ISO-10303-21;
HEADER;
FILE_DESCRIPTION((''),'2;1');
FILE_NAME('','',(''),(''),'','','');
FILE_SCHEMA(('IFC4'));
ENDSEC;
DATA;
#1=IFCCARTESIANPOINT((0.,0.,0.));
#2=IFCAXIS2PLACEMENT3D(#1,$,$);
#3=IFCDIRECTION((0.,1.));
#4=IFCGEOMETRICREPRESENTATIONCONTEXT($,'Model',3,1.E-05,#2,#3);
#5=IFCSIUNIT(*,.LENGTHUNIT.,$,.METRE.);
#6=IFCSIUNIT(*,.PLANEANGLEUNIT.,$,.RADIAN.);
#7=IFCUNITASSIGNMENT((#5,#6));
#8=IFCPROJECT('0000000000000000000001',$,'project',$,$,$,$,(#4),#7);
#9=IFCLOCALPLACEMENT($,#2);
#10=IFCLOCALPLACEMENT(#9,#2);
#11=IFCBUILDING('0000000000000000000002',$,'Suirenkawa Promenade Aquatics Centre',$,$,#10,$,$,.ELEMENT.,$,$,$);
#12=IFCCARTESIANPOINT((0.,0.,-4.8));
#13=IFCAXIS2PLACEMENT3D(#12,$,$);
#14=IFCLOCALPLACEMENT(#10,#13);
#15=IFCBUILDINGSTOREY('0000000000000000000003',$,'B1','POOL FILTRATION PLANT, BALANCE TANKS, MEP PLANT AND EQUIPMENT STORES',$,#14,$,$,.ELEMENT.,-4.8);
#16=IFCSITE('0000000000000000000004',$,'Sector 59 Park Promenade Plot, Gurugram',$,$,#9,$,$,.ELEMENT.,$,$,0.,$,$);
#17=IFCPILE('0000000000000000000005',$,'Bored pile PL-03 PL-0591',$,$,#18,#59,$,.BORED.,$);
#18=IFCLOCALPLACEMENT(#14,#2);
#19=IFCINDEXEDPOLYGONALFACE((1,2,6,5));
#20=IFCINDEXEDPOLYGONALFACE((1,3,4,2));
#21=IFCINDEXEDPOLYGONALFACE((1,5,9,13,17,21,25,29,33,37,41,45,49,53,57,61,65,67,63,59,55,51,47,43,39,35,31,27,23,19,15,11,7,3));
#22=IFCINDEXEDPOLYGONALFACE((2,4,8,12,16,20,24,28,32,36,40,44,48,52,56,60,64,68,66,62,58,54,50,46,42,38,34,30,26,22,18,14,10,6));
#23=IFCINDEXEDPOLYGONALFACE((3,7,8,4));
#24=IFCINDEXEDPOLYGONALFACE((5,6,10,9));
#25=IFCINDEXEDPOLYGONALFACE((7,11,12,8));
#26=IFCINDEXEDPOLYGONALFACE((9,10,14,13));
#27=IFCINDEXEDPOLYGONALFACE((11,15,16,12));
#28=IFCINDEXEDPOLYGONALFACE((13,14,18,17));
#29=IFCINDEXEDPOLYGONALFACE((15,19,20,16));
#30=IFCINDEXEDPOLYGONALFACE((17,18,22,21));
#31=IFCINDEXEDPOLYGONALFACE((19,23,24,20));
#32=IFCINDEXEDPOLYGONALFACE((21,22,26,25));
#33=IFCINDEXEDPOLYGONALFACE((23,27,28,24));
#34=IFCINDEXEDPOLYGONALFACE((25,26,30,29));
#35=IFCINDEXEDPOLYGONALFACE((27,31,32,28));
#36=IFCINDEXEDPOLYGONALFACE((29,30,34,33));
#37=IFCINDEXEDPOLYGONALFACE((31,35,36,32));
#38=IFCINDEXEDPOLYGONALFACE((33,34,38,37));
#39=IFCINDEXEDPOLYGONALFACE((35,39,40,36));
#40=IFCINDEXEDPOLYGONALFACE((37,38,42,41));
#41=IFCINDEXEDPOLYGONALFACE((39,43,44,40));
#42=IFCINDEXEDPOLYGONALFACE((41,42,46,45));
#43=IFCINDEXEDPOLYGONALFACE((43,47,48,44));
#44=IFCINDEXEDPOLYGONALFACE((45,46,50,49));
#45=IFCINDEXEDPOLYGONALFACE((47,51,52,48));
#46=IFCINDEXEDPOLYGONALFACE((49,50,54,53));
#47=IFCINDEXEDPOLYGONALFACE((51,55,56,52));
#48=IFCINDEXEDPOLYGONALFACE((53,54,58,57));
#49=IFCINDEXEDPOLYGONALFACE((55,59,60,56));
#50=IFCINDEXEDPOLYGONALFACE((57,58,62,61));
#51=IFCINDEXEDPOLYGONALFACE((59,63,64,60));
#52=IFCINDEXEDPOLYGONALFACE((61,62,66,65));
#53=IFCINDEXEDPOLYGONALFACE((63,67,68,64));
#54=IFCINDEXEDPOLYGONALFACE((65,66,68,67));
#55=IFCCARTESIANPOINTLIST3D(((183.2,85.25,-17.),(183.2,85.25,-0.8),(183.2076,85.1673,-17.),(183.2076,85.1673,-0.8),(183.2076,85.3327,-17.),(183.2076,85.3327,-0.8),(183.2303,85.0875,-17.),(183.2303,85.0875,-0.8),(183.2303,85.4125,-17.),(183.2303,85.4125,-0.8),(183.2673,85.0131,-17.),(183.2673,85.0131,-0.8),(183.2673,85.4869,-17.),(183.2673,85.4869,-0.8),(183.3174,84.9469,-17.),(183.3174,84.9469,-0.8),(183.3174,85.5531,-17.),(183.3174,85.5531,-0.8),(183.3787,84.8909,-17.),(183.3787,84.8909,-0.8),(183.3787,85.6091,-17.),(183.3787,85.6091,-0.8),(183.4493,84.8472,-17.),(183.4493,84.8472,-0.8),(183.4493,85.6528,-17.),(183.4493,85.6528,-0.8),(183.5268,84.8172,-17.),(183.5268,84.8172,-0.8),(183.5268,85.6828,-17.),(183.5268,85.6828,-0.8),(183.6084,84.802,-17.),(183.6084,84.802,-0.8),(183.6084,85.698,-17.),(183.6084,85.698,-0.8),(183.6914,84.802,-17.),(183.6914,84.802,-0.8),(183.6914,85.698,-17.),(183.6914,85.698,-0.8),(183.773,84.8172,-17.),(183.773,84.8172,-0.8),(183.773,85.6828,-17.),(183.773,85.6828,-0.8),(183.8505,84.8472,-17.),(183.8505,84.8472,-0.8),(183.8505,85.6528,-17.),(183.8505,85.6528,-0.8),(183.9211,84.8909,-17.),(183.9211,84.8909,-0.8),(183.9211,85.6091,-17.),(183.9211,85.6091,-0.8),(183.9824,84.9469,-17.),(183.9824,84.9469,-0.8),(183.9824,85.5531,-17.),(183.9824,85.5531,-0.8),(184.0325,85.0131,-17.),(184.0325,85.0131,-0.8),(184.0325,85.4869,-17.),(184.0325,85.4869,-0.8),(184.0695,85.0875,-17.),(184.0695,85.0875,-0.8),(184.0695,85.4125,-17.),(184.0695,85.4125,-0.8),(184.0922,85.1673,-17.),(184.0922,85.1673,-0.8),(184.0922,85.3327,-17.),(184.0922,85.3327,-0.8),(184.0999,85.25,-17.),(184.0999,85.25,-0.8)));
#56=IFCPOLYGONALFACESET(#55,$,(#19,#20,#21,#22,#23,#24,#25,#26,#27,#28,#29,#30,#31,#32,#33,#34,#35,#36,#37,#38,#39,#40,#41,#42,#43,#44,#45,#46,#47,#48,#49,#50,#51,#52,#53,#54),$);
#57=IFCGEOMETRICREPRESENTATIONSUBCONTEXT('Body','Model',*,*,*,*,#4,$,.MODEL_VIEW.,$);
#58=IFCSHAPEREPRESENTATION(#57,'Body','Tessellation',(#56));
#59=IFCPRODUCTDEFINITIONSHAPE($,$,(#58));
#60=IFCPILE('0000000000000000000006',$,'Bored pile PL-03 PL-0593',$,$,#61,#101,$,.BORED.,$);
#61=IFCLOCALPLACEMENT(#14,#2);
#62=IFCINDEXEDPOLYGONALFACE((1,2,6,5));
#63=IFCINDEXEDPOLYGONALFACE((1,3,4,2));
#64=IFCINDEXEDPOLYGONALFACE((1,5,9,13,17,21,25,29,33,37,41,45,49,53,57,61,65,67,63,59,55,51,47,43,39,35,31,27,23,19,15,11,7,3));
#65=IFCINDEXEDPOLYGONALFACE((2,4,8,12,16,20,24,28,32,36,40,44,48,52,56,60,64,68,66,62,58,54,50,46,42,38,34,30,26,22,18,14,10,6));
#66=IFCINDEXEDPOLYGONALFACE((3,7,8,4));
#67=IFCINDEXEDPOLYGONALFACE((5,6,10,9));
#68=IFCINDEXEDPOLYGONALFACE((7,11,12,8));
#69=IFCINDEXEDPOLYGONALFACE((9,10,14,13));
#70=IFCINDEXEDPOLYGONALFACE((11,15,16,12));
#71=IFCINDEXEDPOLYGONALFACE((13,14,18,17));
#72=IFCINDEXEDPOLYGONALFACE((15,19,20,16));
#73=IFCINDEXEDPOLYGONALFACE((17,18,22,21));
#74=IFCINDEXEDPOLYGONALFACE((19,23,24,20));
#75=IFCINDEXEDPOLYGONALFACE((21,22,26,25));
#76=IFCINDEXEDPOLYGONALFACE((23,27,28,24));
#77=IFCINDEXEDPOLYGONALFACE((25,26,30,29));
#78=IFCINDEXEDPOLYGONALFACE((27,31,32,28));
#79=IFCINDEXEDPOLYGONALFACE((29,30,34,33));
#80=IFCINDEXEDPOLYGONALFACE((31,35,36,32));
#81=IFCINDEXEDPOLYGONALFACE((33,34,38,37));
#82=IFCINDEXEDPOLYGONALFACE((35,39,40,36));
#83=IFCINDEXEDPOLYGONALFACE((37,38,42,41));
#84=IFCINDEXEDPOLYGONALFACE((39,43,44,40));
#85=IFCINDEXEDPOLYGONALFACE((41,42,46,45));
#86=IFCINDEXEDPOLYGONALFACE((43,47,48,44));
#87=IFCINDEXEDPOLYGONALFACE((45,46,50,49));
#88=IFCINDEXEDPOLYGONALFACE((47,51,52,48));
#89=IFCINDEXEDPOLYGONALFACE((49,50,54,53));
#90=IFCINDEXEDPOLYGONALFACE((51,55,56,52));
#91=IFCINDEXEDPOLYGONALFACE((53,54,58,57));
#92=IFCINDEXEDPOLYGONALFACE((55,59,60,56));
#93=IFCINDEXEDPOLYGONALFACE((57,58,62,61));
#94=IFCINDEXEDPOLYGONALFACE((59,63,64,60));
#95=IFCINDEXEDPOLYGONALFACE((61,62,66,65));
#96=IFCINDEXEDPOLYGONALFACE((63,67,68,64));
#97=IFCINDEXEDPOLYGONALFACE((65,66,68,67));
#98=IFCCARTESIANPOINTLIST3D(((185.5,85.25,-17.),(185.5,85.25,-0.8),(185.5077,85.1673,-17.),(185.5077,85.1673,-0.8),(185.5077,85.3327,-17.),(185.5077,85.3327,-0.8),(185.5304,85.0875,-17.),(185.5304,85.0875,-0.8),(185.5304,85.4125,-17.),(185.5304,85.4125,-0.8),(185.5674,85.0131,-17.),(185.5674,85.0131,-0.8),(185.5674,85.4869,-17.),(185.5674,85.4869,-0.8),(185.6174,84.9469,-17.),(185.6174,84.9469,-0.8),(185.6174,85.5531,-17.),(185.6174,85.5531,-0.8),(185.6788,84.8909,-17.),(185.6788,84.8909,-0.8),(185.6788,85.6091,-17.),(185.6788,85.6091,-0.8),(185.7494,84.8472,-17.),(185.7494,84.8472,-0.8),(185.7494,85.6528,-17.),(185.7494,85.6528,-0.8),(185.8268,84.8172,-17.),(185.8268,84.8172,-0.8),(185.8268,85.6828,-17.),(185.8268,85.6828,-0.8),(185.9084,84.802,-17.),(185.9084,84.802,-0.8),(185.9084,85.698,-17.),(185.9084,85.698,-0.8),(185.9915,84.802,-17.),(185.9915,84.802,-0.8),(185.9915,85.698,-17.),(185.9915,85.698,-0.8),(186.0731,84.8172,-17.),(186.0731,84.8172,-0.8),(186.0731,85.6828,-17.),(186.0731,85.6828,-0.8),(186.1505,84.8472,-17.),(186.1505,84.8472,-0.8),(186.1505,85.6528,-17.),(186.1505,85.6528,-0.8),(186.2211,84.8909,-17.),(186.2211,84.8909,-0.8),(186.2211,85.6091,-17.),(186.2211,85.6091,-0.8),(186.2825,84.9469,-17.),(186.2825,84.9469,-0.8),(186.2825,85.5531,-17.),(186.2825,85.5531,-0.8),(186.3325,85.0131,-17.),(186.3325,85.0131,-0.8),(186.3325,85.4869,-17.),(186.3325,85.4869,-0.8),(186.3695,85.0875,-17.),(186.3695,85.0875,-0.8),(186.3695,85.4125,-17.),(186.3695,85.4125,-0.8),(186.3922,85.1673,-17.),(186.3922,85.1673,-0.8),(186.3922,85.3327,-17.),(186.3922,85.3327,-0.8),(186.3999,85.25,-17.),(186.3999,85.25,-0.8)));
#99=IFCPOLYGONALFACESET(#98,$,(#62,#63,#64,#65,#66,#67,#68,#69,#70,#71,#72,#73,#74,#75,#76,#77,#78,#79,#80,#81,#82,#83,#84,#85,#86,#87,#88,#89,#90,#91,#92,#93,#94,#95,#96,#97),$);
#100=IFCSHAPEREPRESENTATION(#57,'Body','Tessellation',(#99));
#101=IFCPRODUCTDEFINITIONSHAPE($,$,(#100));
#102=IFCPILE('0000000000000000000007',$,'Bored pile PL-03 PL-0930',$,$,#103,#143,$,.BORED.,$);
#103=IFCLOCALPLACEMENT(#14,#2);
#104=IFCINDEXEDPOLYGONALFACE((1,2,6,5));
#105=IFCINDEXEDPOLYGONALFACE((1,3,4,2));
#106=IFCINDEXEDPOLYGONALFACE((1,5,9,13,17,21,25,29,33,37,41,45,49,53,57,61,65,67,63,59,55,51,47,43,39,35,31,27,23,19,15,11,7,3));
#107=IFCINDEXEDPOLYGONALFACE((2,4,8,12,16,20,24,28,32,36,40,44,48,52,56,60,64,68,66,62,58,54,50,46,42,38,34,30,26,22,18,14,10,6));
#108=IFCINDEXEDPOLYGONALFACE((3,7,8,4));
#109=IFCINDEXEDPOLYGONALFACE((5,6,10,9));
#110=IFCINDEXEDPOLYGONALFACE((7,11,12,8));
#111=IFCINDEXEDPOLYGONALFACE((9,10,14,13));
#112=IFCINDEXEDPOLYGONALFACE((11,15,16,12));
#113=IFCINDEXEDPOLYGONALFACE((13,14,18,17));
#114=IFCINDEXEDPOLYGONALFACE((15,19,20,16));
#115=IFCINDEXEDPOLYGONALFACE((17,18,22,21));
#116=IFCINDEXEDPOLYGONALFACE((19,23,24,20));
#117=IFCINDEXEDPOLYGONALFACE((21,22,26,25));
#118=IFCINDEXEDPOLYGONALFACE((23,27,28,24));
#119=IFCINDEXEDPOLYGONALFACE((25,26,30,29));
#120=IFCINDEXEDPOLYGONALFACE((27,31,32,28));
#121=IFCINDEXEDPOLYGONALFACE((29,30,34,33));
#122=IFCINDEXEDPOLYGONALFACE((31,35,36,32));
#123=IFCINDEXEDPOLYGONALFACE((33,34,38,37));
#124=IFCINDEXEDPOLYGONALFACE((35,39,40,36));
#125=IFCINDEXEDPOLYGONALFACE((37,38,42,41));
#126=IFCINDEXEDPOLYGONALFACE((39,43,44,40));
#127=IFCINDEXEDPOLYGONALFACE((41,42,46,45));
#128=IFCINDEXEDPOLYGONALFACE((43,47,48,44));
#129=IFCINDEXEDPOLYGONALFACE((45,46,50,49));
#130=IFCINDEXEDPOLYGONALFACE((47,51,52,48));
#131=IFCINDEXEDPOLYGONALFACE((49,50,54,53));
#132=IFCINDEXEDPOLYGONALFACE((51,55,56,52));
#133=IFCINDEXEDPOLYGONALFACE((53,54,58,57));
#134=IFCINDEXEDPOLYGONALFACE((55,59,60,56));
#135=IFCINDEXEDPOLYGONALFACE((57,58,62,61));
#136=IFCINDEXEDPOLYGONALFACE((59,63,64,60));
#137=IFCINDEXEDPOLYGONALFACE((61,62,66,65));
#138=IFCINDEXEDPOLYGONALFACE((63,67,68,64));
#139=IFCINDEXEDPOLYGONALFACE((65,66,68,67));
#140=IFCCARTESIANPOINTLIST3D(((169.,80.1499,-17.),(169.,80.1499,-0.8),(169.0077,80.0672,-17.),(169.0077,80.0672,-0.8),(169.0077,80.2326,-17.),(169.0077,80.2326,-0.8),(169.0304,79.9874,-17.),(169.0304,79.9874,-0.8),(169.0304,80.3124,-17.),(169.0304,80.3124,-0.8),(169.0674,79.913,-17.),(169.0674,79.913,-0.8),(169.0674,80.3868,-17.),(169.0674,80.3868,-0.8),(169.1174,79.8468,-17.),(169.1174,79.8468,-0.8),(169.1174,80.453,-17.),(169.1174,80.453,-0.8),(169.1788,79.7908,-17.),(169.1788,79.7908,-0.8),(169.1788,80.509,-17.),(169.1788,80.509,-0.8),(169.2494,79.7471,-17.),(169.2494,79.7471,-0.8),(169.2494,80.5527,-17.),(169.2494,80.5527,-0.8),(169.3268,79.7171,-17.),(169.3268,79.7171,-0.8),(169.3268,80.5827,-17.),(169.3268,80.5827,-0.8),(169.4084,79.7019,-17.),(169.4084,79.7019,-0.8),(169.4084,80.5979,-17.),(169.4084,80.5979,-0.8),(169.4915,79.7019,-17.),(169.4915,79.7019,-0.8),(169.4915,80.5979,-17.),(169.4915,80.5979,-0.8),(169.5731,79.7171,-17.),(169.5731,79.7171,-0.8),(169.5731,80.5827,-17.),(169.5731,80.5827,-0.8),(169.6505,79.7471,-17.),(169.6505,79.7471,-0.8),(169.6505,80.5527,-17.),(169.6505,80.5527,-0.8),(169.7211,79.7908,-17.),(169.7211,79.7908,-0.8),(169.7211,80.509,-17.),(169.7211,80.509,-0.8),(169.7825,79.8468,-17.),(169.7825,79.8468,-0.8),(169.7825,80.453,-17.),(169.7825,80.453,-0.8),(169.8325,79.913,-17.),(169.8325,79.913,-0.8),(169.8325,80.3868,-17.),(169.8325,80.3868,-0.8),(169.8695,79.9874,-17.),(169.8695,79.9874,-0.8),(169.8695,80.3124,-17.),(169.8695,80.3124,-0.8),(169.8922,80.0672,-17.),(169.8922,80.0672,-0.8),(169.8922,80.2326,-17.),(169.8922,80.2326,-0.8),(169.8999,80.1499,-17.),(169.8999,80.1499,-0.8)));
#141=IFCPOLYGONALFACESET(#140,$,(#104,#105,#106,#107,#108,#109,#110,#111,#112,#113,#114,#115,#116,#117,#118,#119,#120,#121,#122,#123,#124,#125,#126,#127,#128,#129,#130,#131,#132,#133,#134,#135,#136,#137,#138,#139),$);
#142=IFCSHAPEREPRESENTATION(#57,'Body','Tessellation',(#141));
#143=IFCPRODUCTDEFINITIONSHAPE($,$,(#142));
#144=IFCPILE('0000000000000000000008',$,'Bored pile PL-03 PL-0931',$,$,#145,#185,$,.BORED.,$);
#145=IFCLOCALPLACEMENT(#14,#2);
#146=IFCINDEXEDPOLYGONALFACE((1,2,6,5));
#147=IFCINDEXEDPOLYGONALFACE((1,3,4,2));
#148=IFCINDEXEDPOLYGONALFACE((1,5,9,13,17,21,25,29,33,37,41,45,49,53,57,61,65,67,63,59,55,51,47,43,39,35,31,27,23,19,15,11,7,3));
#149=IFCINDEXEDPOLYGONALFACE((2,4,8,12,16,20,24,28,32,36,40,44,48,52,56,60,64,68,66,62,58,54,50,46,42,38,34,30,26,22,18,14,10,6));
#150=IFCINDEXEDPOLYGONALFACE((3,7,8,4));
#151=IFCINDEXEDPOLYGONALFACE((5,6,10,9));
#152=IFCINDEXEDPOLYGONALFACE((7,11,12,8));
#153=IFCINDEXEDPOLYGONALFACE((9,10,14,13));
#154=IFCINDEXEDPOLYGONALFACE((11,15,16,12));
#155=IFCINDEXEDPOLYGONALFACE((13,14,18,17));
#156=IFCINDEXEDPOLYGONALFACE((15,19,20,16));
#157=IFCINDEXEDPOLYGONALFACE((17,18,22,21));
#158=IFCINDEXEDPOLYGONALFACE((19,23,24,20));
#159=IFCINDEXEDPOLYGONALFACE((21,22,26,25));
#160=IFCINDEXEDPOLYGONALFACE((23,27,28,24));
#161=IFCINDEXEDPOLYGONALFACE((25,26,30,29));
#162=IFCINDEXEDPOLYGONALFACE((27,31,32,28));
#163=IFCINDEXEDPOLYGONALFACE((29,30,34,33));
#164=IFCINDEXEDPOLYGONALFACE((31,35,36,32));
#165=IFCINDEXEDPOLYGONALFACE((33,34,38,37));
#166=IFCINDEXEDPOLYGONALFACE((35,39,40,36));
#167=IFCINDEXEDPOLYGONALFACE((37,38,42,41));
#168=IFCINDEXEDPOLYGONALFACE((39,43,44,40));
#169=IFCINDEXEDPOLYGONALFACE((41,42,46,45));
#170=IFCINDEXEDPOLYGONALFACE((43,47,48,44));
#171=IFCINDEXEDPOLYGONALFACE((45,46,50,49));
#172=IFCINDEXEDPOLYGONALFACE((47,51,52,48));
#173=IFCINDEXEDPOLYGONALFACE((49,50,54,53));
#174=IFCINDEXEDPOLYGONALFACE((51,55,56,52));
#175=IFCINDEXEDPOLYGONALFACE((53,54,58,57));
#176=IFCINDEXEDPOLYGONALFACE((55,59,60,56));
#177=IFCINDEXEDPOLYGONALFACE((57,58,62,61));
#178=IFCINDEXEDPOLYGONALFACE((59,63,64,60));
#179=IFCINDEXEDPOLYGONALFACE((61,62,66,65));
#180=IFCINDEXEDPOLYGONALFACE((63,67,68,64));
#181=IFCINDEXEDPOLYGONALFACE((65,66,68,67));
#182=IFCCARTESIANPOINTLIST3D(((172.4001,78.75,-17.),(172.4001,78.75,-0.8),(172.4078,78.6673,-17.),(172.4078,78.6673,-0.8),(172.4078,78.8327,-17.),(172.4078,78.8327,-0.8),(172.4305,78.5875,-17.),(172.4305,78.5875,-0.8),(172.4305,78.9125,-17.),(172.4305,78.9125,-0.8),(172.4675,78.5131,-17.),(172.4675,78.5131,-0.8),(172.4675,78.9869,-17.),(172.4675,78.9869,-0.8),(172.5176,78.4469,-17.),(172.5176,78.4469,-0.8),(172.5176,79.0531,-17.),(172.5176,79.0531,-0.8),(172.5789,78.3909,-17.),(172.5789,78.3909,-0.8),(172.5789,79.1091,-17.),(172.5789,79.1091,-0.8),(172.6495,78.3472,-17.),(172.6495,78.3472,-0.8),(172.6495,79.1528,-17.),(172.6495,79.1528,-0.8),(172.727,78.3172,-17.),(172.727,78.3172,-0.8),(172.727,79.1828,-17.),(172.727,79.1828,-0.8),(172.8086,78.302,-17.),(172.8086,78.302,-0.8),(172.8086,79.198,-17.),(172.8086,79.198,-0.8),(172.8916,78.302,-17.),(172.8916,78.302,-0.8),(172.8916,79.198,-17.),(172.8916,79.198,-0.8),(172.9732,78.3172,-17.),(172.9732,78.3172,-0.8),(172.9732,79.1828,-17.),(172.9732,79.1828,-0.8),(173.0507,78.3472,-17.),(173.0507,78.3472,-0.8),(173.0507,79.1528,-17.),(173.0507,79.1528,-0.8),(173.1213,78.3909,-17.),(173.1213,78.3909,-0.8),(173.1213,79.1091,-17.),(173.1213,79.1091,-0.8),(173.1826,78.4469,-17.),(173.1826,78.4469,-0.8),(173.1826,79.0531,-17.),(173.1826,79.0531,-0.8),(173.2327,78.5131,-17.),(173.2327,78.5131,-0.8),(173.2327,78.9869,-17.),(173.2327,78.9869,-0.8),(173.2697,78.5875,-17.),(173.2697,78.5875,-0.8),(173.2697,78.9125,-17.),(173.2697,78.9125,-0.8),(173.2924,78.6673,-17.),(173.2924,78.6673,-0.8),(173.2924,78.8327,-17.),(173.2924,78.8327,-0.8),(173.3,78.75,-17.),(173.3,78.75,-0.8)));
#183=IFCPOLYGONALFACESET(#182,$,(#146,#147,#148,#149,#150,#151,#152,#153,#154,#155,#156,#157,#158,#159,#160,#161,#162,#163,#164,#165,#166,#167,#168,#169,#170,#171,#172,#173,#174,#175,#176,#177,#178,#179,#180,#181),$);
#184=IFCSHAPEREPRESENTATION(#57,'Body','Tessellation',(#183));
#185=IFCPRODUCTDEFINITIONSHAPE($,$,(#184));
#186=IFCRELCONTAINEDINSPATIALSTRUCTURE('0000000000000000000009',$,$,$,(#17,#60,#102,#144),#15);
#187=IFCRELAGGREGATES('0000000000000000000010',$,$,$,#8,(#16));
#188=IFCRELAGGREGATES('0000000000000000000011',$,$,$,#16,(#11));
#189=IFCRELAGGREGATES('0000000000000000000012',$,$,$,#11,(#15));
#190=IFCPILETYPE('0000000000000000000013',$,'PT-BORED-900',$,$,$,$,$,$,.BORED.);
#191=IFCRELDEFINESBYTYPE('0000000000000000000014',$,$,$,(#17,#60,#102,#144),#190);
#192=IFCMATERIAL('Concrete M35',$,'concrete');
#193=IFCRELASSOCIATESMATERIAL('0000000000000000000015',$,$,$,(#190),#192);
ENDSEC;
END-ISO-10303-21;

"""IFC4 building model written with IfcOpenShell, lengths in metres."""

from ifc_helpers import new_model, si_unit, direction, frame, origin, origin_2d, place, context, subcontext, project, spatial, circle, extrude, material, material_profile, profile_set, type_object, element, save


model = new_model("IFC4")

# Units and contexts
model_context = context("Model", 3, precision=1e-05, world=origin(), true_north=direction((0.0, 1.0)))
body_context = subcontext(model_context, "Body", "Model", "MODEL_VIEW")
ifc_project = project(units=[si_unit("LENGTHUNIT", "METRE"), si_unit("PLANEANGLEUNIT", "RADIAN")], contexts=[model_context])

# Site, building, storey
site_placement = place(None, origin())
site = spatial("IfcSite", under=ifc_project, at=site_placement, Name="Sector 59 Park Promenade Plot, Gurugram", CompositionType="ELEMENT", RefElevation=0.0)
building_placement = place(site_placement, origin())
building = spatial("IfcBuilding", under=site, at=building_placement, Name="Suirenkawa Promenade Aquatics Centre", CompositionType="ELEMENT")
storey_placement = place(building_placement, frame((0.0, 0.0, -4.8)))
storey = spatial("IfcBuildingStorey", under=building, at=storey_placement, Name="B1", Description="POOL FILTRATION PLANT, BALANCE TANKS, MEP PLANT AND EQUIPMENT STORES", CompositionType="ELEMENT", Elevation=-4.8)

# Shared definitions
ifc_material_1 = material(Name="Concrete M35", Category="concrete")

# Piles
ifc_material_profile_1 = material_profile(ifc_material_1, circle(Radius=0.45, at=origin_2d()), Name="PILE D900", Category="concrete")
ifc_profile_set_1 = profile_set([ifc_material_profile_1], Name="Concrete M35")
pile_type_1 = type_object("IfcPileType", Name="PT-BORED-900", PredefinedType="BORED", material=ifc_profile_set_1)
for number, where, z_axis, x_axis, name in (
    (1, (183.6499, 85.25, -0.8), (0.0, 0.0, -1.0), (1.0, 0.0, 0.0), "Bored pile PL-03 PL-0591"),
    (2, (185.95, 85.25, -0.8), (0.0, 0.0, -1.0), (1.0, 0.0, 0.0), "Bored pile PL-03 PL-0593"),
    (3, (169.45, 80.1499, -0.8), (0.0, 0.0, -1.0), (1.0, 0.0, 0.0), "Bored pile PL-03 PL-0930"),
    (4, (172.8501, 78.75, -0.8), (0.0, 0.0, -1.0), (1.0, 0.0, 0.0), "Bored pile PL-03 PL-0931"),
):
    element("IfcPile", number, at=place(storey_placement, frame(where, z_axis=z_axis, x_axis=x_axis)), inside=storey, type_object=pile_type_1, Name=name, PredefinedType="BORED", context=body_context, shape_type="SweptSolid", body=[
        extrude(circle(Radius=0.45, at=origin_2d()), origin(), (0.0, 0.0, 1.0), 16.2),
    ])

save(model, "model.ifc")
